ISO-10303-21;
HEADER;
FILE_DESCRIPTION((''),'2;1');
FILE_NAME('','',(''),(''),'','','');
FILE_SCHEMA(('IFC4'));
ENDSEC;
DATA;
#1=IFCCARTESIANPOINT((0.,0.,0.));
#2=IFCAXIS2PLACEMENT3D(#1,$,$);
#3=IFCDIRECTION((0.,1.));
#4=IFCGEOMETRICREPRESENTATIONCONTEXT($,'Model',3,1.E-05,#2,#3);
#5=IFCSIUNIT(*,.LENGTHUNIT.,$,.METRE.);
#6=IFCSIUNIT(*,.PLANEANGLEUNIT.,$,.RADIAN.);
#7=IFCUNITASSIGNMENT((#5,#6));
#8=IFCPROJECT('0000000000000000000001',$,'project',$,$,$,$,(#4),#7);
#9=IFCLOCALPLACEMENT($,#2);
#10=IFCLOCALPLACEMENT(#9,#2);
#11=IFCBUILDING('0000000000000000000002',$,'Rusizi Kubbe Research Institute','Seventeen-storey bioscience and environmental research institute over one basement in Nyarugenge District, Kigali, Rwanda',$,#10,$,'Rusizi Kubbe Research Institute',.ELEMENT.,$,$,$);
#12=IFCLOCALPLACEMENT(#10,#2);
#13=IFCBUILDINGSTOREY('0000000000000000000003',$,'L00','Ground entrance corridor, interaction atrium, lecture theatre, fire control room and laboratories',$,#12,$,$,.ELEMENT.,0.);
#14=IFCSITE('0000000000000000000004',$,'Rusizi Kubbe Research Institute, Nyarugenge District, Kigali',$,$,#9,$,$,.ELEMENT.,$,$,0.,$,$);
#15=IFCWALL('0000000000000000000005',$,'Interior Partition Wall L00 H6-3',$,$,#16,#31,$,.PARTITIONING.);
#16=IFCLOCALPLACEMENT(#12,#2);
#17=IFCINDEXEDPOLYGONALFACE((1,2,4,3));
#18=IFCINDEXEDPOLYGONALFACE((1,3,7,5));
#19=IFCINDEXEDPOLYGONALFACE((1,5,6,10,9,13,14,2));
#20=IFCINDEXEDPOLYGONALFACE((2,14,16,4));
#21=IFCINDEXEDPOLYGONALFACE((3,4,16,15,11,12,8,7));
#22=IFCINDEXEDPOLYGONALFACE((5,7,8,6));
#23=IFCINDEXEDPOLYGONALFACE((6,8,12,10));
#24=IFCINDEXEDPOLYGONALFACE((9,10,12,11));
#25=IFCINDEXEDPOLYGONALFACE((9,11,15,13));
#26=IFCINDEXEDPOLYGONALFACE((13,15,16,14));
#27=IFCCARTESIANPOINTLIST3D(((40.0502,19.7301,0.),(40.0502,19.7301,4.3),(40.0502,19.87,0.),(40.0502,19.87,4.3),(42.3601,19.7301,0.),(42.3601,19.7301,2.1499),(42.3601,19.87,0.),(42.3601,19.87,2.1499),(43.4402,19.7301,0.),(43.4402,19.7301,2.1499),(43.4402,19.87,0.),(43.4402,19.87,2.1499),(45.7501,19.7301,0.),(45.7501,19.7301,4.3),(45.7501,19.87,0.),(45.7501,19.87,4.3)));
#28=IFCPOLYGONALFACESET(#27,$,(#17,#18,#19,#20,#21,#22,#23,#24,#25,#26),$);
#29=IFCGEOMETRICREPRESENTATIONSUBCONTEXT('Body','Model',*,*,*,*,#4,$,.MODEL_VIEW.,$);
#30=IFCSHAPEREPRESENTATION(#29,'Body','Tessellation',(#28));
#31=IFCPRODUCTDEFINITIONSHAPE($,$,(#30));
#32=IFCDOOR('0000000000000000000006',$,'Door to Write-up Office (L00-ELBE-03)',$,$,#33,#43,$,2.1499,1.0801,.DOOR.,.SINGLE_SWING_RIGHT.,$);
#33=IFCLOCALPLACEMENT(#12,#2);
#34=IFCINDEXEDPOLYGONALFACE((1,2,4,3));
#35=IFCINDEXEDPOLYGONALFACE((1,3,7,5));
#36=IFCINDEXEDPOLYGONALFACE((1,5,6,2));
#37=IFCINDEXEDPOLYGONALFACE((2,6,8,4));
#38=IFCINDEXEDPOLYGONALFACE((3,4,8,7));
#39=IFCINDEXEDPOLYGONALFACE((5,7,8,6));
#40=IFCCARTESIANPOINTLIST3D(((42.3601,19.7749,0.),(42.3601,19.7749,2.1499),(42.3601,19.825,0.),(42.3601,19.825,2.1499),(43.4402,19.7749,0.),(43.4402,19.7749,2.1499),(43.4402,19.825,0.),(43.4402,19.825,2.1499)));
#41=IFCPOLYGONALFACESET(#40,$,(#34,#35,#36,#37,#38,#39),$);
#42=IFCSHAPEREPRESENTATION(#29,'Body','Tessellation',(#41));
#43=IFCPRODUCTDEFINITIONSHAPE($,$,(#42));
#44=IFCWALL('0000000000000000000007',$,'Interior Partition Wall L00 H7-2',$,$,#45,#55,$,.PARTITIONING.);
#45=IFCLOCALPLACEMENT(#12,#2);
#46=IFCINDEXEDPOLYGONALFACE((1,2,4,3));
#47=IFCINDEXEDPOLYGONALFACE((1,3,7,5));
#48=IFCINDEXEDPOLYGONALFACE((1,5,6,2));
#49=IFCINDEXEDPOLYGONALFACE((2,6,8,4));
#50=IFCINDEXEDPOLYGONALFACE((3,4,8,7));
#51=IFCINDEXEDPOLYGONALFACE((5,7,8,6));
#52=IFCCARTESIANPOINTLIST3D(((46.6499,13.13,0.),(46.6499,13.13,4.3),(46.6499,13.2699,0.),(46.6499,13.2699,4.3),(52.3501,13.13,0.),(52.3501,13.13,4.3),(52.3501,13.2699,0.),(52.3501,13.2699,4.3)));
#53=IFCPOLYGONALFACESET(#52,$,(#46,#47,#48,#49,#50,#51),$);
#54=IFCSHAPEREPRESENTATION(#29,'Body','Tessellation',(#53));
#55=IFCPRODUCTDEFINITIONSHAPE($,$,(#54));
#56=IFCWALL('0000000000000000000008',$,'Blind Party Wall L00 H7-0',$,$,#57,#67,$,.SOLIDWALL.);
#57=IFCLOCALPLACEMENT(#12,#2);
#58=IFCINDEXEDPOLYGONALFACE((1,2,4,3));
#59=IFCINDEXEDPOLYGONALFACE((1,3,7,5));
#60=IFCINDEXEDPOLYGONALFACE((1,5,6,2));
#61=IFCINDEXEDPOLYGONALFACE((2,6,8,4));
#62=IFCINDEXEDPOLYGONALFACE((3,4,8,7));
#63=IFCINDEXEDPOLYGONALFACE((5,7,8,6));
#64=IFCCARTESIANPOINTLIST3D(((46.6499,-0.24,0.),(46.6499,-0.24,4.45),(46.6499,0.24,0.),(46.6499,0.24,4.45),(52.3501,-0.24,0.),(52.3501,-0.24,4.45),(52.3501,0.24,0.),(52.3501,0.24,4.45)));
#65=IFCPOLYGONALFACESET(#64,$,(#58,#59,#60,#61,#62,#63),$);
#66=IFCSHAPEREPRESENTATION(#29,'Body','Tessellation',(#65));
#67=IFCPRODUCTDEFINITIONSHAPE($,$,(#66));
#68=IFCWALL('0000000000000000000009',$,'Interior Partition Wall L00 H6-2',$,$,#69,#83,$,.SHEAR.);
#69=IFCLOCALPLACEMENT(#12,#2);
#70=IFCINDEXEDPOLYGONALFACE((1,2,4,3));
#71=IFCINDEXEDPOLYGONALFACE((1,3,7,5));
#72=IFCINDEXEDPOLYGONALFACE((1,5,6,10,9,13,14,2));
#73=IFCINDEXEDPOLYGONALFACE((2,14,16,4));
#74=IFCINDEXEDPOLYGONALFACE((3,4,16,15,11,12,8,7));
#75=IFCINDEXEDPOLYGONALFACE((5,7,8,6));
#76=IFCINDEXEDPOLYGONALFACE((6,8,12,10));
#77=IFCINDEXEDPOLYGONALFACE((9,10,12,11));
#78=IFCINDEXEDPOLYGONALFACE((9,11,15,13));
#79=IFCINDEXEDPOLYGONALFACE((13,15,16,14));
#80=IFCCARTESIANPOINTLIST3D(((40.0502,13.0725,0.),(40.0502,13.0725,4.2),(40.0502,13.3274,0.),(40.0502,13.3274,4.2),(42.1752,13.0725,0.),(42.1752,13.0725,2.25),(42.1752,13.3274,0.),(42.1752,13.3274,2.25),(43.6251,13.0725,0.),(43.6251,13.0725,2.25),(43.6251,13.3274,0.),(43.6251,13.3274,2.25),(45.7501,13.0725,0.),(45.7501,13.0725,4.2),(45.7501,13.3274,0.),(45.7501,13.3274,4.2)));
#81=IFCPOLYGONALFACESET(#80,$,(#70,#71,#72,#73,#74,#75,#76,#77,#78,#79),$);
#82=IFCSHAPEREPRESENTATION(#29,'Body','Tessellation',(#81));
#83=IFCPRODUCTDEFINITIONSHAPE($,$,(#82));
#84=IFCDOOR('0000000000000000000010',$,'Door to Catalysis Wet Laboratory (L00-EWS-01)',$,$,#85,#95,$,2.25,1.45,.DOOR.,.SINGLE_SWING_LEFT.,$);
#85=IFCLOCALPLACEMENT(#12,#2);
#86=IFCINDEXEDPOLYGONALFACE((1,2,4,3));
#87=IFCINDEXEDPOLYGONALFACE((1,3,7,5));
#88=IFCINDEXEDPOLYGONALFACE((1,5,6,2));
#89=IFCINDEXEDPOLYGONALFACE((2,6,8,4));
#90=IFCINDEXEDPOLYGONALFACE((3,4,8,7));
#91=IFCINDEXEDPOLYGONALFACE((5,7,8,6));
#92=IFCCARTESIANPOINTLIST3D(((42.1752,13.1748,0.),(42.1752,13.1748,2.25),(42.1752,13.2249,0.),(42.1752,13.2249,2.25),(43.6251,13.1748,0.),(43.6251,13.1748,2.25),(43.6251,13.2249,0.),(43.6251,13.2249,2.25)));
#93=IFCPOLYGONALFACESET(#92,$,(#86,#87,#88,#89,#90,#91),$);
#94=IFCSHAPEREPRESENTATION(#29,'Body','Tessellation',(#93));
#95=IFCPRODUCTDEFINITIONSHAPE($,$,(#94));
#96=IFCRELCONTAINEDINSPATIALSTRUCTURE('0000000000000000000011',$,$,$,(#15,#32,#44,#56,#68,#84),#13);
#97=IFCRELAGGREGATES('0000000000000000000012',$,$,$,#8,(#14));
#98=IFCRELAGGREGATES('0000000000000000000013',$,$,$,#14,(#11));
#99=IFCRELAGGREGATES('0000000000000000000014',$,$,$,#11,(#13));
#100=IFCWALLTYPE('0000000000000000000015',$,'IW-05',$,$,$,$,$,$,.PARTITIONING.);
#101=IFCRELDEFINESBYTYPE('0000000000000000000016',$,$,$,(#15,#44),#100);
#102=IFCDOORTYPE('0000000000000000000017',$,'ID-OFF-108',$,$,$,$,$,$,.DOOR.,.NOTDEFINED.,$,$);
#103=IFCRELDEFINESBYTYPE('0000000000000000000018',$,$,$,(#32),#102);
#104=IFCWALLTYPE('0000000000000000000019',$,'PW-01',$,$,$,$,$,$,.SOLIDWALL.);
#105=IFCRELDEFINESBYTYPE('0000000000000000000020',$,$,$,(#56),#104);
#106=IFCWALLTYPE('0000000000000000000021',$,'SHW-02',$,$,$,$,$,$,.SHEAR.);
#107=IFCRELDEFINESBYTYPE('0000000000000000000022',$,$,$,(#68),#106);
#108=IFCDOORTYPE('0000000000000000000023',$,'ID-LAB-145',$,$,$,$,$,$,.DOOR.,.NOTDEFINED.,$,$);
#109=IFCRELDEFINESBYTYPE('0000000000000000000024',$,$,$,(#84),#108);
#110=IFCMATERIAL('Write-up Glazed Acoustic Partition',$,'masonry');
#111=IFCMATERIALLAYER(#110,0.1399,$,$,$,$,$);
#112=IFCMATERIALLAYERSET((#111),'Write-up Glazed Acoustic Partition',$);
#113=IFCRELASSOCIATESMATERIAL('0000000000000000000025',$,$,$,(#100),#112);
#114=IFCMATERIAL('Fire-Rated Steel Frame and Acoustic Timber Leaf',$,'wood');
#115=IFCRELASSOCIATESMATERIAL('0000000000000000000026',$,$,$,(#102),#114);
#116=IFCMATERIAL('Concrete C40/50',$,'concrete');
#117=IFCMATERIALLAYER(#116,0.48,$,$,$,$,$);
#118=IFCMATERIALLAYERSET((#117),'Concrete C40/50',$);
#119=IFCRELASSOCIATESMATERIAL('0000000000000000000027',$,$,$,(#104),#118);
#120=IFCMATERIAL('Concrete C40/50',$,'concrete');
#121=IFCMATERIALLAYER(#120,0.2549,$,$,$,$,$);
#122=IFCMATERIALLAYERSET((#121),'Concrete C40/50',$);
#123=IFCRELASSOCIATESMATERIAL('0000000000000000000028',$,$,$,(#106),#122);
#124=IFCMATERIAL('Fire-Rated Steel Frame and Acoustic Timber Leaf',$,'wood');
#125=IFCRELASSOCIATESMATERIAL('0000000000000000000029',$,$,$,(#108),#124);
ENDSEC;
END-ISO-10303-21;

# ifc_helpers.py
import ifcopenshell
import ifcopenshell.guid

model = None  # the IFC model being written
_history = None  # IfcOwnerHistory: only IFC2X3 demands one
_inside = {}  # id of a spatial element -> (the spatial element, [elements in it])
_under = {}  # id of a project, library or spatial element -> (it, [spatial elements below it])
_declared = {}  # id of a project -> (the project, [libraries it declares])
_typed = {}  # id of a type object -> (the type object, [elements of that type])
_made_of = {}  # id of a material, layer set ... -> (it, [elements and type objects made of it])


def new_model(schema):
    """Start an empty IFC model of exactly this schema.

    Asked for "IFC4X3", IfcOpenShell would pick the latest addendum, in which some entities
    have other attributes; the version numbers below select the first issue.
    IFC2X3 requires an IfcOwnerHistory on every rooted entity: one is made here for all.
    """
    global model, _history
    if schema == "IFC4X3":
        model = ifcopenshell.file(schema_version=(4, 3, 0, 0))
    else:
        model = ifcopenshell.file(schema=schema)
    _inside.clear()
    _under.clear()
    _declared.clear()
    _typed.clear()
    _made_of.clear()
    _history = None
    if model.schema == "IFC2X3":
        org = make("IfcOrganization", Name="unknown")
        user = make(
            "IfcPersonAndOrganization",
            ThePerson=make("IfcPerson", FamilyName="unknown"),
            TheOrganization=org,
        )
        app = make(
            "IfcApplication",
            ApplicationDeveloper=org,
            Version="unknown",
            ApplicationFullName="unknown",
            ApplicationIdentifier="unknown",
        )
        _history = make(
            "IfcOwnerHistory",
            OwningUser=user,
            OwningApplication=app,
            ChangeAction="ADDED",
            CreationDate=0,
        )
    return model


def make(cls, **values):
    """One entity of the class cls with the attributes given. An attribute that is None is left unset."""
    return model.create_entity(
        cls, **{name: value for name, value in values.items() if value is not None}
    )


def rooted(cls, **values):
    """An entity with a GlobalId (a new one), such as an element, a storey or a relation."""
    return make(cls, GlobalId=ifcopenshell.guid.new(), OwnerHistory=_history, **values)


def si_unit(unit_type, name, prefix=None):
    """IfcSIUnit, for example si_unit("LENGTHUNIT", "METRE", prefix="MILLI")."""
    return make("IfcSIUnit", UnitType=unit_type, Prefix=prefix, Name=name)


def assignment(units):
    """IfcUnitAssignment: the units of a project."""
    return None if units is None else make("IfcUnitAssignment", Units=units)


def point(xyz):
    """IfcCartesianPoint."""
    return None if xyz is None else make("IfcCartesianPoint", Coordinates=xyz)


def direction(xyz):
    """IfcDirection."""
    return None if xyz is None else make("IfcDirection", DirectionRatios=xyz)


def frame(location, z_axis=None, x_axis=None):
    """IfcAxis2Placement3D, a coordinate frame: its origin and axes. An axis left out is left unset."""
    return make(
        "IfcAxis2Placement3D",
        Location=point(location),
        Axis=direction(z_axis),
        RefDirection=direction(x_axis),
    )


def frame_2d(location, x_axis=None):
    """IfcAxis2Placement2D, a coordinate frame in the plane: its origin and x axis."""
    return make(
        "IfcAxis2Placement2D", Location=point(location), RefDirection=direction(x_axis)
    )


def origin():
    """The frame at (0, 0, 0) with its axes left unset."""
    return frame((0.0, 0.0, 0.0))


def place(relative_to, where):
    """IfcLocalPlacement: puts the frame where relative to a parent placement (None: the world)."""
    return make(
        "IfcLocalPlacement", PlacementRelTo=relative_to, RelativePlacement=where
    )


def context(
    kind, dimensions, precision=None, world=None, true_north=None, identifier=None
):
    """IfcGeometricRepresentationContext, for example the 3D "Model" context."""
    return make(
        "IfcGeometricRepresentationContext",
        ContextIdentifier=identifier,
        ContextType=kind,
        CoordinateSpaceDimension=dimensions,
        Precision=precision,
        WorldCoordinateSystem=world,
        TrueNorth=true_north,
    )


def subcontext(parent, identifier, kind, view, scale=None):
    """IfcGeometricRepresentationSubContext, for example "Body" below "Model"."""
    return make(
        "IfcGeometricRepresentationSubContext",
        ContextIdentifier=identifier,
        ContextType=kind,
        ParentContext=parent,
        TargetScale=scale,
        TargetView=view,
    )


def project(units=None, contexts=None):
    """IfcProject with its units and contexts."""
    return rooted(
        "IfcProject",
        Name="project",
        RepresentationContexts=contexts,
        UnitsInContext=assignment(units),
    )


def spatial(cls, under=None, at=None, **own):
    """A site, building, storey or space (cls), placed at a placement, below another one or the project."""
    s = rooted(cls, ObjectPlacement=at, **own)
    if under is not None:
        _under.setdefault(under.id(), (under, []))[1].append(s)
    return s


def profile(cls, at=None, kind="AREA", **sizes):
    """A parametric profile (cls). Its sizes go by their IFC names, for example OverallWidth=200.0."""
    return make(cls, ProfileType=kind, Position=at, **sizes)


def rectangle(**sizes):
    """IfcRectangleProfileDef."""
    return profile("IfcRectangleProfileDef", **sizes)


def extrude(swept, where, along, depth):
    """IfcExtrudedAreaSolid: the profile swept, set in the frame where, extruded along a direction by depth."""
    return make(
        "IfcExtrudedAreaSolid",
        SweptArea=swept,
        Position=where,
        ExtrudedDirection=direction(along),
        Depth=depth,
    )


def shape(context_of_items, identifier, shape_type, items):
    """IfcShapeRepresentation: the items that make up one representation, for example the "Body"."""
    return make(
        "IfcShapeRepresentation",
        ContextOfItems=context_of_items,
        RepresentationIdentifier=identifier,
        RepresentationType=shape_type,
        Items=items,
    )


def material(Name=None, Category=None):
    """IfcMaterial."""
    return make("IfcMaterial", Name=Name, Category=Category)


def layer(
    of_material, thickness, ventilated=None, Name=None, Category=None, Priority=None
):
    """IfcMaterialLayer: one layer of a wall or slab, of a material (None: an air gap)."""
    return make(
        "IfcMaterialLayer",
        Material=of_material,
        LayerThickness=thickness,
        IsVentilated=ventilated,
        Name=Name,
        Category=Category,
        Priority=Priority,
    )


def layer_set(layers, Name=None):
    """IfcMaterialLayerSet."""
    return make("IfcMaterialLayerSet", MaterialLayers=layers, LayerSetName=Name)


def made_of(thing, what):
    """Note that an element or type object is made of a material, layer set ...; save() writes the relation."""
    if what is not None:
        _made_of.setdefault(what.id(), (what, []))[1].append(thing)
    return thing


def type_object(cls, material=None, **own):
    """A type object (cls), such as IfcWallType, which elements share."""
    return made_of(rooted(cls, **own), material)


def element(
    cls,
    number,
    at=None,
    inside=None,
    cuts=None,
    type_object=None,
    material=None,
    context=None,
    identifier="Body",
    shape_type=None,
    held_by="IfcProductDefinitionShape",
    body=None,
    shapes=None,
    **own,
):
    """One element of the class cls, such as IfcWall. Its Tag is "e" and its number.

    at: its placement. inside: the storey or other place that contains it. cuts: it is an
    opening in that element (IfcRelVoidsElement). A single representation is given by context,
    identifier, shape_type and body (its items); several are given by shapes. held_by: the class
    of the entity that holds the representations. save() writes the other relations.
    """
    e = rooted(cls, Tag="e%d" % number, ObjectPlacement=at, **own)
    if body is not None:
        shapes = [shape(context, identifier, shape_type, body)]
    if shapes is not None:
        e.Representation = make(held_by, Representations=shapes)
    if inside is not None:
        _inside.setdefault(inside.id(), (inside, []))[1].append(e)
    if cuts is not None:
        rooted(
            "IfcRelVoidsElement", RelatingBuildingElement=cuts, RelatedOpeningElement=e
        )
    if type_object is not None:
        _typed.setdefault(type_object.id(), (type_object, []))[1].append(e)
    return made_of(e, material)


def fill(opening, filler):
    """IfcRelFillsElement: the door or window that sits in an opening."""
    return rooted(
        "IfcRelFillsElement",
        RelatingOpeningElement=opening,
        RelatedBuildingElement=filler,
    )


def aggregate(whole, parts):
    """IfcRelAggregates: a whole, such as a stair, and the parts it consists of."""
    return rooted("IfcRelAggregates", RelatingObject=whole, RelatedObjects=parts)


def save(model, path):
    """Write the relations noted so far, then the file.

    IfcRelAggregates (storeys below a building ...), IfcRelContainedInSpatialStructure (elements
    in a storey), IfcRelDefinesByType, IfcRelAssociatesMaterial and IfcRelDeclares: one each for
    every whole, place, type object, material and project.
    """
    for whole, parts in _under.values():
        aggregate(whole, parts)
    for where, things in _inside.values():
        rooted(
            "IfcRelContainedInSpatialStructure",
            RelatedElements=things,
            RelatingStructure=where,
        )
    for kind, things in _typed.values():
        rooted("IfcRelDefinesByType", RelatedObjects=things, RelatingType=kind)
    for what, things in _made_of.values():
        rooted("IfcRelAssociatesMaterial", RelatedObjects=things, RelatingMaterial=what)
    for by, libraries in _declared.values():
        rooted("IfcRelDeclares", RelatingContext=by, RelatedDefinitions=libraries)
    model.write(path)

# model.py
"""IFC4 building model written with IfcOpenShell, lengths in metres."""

from ifc_helpers import new_model, si_unit, direction, frame, frame_2d, origin, place, context, subcontext, project, spatial, rectangle, extrude, material, layer, layer_set, type_object, element, fill, save


model = new_model("IFC4")

# Units and contexts
model_context = context("Model", 3, precision=1e-05, world=origin(), true_north=direction((0.0, 1.0)))
body_context = subcontext(model_context, "Body", "Model", "MODEL_VIEW")
ifc_project = project(units=[si_unit("LENGTHUNIT", "METRE"), si_unit("PLANEANGLEUNIT", "RADIAN")], contexts=[model_context])

# Site, building, storey
site_placement = place(None, origin())
site = spatial("IfcSite", under=ifc_project, at=site_placement, Name="Rusizi Kubbe Research Institute, Nyarugenge District, Kigali", CompositionType="ELEMENT", RefElevation=0.0)
building_placement = place(site_placement, origin())
building = spatial("IfcBuilding", under=site, at=building_placement, Name="Rusizi Kubbe Research Institute", Description="Seventeen-storey bioscience and environmental research institute over one basement in Nyarugenge District, Kigali, Rwanda", LongName="Rusizi Kubbe Research Institute", CompositionType="ELEMENT")
storey_placement = place(building_placement, origin())
storey = spatial("IfcBuildingStorey", under=building, at=storey_placement, Name="L00", Description="Ground entrance corridor, interaction atrium, lecture theatre, fire control room and laboratories", CompositionType="ELEMENT", Elevation=0.0)

# Wall, opening, door
ifc_material_1 = material(Name="Write-up Glazed Acoustic Partition", Category="masonry")
ifc_layer_1 = layer(ifc_material_1, 0.1399)
ifc_layer_set_1 = layer_set([ifc_layer_1], Name="Write-up Glazed Acoustic Partition")
wall_type_1 = type_object("IfcWallType", Name="IW-05", PredefinedType="PARTITIONING", material=ifc_layer_set_1)
wall_1_placement = place(storey_placement, frame((40.05, 19.8, 0.0), z_axis=(0.0, 0.0, 1.0), x_axis=(1.0, 0.0, 0.0)))
wall_1 = element("IfcWall", 1, at=wall_1_placement, inside=storey, type_object=wall_type_1, Name="Interior Partition Wall L00 H6-3", PredefinedType="PARTITIONING", context=body_context, shape_type="SweptSolid", body=[
    extrude(rectangle(XDim=5.7, YDim=0.1399, at=frame_2d((2.8501, 0.0))), origin(), (0.0, 0.0, 1.0), 4.3),
])
opening_1_placement = place(wall_1_placement, frame((2.3101, 0.0, 0.0)))
opening_1 = element("IfcOpeningElement", 2, at=opening_1_placement, cuts=wall_1, PredefinedType="OPENING", context=body_context, shape_type="SweptSolid", body=[
    extrude(rectangle(XDim=1.0801, YDim=2.1499, at=frame_2d((0.54, 1.075))), frame((0.0, 0.0798, 0.0), z_axis=(0.0, -1.0, 0.0), x_axis=(1.0, 0.0, 0.0)), (0.0, 0.0, 1.0), 0.1599),
])
ifc_material_2 = material(Name="Fire-Rated Steel Frame and Acoustic Timber Leaf", Category="wood")
door_type_1 = type_object("IfcDoorType", Name="ID-OFF-108", OperationType="NOTDEFINED", PredefinedType="DOOR", material=ifc_material_2)
door_1_placement = place(opening_1_placement, origin())
door_1 = element("IfcDoor", 3, at=door_1_placement, inside=storey, type_object=door_type_1, Name="Door to Write-up Office (L00-ELBE-03)", OperationType="SINGLE_SWING_RIGHT", OverallHeight=2.1499, OverallWidth=1.0801, PredefinedType="DOOR", context=body_context, shape_type="SweptSolid", body=[
    extrude(rectangle(XDim=1.0801, YDim=2.1499, at=frame_2d((0.54, 1.075))), frame((0.0, 0.0249, 0.0), z_axis=(0.0, -1.0, 0.0), x_axis=(1.0, 0.0, 0.0)), (0.0, 0.0, 1.0), 0.05),
])
fill(opening_1, door_1)

# Walls
wall_2_placement = place(storey_placement, frame((46.6499, 13.2, 0.0), z_axis=(0.0, 0.0, 1.0), x_axis=(1.0, 0.0, 0.0)))
element("IfcWall", 4, at=wall_2_placement, inside=storey, type_object=wall_type_1, Name="Interior Partition Wall L00 H7-2", PredefinedType="PARTITIONING", context=body_context, shape_type="SweptSolid", body=[
    extrude(rectangle(XDim=5.7002, YDim=0.1399, at=frame_2d((2.8501, 0.0))), origin(), (0.0, 0.0, 1.0), 4.3),
])
ifc_material_3 = material(Name="Concrete C40/50", Category="concrete")
ifc_layer_2 = layer(ifc_material_3, 0.48)
ifc_layer_set_2 = layer_set([ifc_layer_2], Name="Concrete C40/50")
wall_type_2 = type_object("IfcWallType", Name="PW-01", PredefinedType="SOLIDWALL", material=ifc_layer_set_2)
wall_3_placement = place(storey_placement, frame((46.6499, 0.0, 0.0), z_axis=(0.0, 0.0, 1.0), x_axis=(1.0, 0.0, 0.0)))
element("IfcWall", 5, at=wall_3_placement, inside=storey, type_object=wall_type_2, Name="Blind Party Wall L00 H7-0", PredefinedType="SOLIDWALL", context=body_context, shape_type="SweptSolid", body=[
    extrude(rectangle(XDim=5.7002, YDim=0.48, at=frame_2d((2.8501, 0.0))), origin(), (0.0, 0.0, 1.0), 4.45),
])

# Wall, opening, door
ifc_material_4 = material(Name="Concrete C40/50", Category="concrete")
ifc_layer_3 = layer(ifc_material_4, 0.2549)
ifc_layer_set_3 = layer_set([ifc_layer_3], Name="Concrete C40/50")
wall_type_3 = type_object("IfcWallType", Name="SHW-02", PredefinedType="SHEAR", material=ifc_layer_set_3)
wall_4_placement = place(storey_placement, frame((40.05, 13.2, 0.0), z_axis=(0.0, 0.0, 1.0), x_axis=(1.0, 0.0, 0.0)))
wall_4 = element("IfcWall", 6, at=wall_4_placement, inside=storey, type_object=wall_type_3, Name="Interior Partition Wall L00 H6-2", PredefinedType="SHEAR", context=body_context, shape_type="SweptSolid", body=[
    extrude(rectangle(XDim=5.7, YDim=0.2549, at=frame_2d((2.8501, 0.0))), origin(), (0.0, 0.0, 1.0), 4.2),
])
opening_2_placement = place(wall_4_placement, frame((2.125, 0.0, 0.0)))
opening_2 = element("IfcOpeningElement", 7, at=opening_2_placement, cuts=wall_4, PredefinedType="OPENING", context=body_context, shape_type="SweptSolid", body=[
    extrude(rectangle(XDim=1.45, YDim=2.25, at=frame_2d((0.7251, 1.125))), frame((0.0, 0.1375, 0.0), z_axis=(0.0, -1.0, 0.0), x_axis=(1.0, 0.0, 0.0)), (0.0, 0.0, 1.0), 0.2749),
])
ifc_material_5 = material(Name="Fire-Rated Steel Frame and Acoustic Timber Leaf", Category="wood")
door_type_2 = type_object("IfcDoorType", Name="ID-LAB-145", OperationType="NOTDEFINED", PredefinedType="DOOR", material=ifc_material_5)
door_2_placement = place(opening_2_placement, origin())
door_2 = element("IfcDoor", 8, at=door_2_placement, inside=storey, type_object=door_type_2, Name="Door to Catalysis Wet Laboratory (L00-EWS-01)", OperationType="SINGLE_SWING_LEFT", OverallHeight=2.25, OverallWidth=1.45, PredefinedType="DOOR", context=body_context, shape_type="SweptSolid", body=[
    extrude(rectangle(XDim=1.45, YDim=2.25, at=frame_2d((0.7251, 1.125))), frame((0.0, 0.0249, 0.0), z_axis=(0.0, -1.0, 0.0), x_axis=(1.0, 0.0, 0.0)), (0.0, 0.0, 1.0), 0.05),
])
fill(opening_2, door_2)

save(model, "model.ifc")
